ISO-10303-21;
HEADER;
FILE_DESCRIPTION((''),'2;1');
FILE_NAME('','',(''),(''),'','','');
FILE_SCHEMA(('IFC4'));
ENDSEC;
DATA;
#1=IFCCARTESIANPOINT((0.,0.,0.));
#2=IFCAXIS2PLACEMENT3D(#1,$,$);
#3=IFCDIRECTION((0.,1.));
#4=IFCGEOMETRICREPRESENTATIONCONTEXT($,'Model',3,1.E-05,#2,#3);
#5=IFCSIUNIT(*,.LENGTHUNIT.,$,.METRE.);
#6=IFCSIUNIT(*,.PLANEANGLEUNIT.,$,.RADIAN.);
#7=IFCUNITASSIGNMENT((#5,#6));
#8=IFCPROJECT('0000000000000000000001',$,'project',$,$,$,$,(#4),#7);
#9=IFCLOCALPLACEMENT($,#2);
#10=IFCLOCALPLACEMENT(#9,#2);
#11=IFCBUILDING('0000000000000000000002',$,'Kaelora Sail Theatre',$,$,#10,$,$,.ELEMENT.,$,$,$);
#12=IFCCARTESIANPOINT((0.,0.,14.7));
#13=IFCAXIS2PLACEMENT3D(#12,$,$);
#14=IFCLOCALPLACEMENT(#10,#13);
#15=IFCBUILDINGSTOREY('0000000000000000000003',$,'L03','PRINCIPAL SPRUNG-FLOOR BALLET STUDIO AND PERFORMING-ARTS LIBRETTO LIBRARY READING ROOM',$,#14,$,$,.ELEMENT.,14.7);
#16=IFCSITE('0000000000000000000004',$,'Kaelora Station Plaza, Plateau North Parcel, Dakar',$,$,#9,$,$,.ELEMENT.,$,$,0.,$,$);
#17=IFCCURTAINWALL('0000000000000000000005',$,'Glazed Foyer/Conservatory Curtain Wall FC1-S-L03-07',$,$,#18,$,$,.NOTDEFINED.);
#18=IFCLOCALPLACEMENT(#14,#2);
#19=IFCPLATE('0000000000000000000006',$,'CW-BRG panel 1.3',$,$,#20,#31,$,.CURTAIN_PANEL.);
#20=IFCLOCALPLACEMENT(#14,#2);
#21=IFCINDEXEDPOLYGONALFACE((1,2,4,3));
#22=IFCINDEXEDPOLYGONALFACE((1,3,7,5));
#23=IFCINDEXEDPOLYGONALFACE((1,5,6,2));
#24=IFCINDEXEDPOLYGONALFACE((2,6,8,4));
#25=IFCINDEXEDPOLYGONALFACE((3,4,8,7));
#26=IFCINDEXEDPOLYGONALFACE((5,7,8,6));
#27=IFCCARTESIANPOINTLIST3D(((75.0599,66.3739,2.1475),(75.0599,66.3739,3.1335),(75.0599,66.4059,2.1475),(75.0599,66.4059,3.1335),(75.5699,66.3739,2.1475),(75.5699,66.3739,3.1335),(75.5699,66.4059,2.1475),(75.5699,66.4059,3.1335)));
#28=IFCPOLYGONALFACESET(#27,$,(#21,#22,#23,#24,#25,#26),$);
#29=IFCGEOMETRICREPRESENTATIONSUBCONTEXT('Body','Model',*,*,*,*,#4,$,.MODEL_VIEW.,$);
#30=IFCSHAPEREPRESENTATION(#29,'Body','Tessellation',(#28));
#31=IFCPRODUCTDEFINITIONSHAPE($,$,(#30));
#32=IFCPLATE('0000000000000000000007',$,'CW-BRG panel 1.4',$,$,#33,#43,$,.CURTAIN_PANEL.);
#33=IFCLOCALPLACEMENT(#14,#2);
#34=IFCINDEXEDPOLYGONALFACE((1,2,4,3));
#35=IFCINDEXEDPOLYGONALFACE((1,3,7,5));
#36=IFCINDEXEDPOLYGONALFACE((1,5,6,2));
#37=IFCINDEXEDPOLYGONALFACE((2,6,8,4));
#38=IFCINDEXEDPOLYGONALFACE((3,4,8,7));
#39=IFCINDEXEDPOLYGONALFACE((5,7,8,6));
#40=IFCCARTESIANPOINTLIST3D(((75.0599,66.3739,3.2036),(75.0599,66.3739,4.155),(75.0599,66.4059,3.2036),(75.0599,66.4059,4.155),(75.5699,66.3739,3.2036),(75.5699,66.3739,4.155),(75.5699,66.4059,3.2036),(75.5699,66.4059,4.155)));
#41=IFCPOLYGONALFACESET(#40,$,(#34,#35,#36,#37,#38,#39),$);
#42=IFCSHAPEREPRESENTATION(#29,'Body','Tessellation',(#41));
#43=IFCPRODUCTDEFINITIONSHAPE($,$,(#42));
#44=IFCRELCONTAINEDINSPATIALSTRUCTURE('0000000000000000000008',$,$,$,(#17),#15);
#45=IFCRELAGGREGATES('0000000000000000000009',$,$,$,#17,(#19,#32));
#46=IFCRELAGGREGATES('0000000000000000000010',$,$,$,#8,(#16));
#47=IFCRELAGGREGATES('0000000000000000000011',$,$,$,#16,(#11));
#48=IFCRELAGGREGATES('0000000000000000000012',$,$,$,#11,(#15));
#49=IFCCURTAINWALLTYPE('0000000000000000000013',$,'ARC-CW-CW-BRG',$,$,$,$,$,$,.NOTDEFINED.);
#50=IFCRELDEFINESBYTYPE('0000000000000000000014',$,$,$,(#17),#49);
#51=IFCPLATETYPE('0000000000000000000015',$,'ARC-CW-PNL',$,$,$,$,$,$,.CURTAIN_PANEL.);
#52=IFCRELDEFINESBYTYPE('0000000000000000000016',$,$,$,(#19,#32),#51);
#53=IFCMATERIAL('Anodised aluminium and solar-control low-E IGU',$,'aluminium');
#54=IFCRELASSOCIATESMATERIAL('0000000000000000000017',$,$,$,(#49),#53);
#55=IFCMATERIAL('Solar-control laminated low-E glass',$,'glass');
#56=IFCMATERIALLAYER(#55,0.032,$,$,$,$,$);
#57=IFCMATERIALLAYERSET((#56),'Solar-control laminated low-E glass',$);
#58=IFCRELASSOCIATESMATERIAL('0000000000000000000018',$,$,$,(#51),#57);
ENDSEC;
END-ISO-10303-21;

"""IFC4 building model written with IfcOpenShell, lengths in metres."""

from ifc_helpers import new_model, si_unit, direction, frame, origin, origin_2d, place, context, subcontext, project, spatial, rectangle, extrude, material, layer, layer_set, type_object, element, aggregate, save


model = new_model("IFC4")

# Units and contexts
model_context = context("Model", 3, precision=1e-05, world=origin(), true_north=direction((0.0, 1.0)))
body_context = subcontext(model_context, "Body", "Model", "MODEL_VIEW")
ifc_project = project(units=[si_unit("LENGTHUNIT", "METRE"), si_unit("PLANEANGLEUNIT", "RADIAN")], contexts=[model_context])

# Site, building, storey
site_placement = place(None, origin())
site = spatial("IfcSite", under=ifc_project, at=site_placement, Name="Kaelora Station Plaza, Plateau North Parcel, Dakar", CompositionType="ELEMENT", RefElevation=0.0)
building_placement = place(site_placement, origin())
building = spatial("IfcBuilding", under=site, at=building_placement, Name="Kaelora Sail Theatre", CompositionType="ELEMENT")
storey_placement = place(building_placement, frame((0.0, 0.0, 14.7)))
storey = spatial("IfcBuildingStorey", under=building, at=storey_placement, Name="L03", Description="PRINCIPAL SPRUNG-FLOOR BALLET STUDIO AND PERFORMING-ARTS LIBRETTO LIBRARY READING ROOM", CompositionType="ELEMENT", Elevation=14.7)

# Curtain wall
ifc_material_1 = material(Name="Anodised aluminium and solar-control low-E IGU", Category="aluminium")
curtain_wall_type = type_object("IfcCurtainWallType", Name="ARC-CW-CW-BRG", PredefinedType="NOTDEFINED", material=ifc_material_1)
curtain_wall_1_placement = place(storey_placement, origin())
curtain_wall_1 = element("IfcCurtainWall", 1, at=curtain_wall_1_placement, inside=storey, type_object=curtain_wall_type, Name="Glazed Foyer/Conservatory Curtain Wall FC1-S-L03-07", PredefinedType="NOTDEFINED")

# Plates
ifc_material_2 = material(Name="Solar-control laminated low-E glass", Category="glass")
ifc_layer = layer(ifc_material_2, 0.032)
ifc_layer_set = layer_set([ifc_layer], Name="Solar-control laminated low-E glass")
plate_type = type_object("IfcPlateType", Name="ARC-CW-PNL", PredefinedType="CURTAIN_PANEL", material=ifc_layer_set)
plate_1_placement = place(storey_placement, frame((75.3149, 66.3899, 2.1475), z_axis=(0.0, 0.0, 1.0), x_axis=(1.0, 0.0, 0.0)))
plate_1 = element("IfcPlate", 2, at=plate_1_placement, type_object=plate_type, Name="CW-BRG panel 1.3", PredefinedType="CURTAIN_PANEL", context=body_context, shape_type="SweptSolid", body=[
    extrude(rectangle(XDim=0.51, YDim=0.032, at=origin_2d()), origin(), (0.0, 0.0, 1.0), 0.9861),
])
plate_2_placement = place(storey_placement, frame((75.3149, 66.3899, 3.2036), z_axis=(0.0, 0.0, 1.0), x_axis=(1.0, 0.0, 0.0)))
plate_2 = element("IfcPlate", 3, at=plate_2_placement, type_object=plate_type, Name="CW-BRG panel 1.4", PredefinedType="CURTAIN_PANEL", context=body_context, shape_type="SweptSolid", body=[
    extrude(rectangle(XDim=0.51, YDim=0.032, at=origin_2d()), origin(), (0.0, 0.0, 1.0), 0.9514),
])
aggregate(curtain_wall_1, [plate_1, plate_2])

save(model, "model.ifc")
